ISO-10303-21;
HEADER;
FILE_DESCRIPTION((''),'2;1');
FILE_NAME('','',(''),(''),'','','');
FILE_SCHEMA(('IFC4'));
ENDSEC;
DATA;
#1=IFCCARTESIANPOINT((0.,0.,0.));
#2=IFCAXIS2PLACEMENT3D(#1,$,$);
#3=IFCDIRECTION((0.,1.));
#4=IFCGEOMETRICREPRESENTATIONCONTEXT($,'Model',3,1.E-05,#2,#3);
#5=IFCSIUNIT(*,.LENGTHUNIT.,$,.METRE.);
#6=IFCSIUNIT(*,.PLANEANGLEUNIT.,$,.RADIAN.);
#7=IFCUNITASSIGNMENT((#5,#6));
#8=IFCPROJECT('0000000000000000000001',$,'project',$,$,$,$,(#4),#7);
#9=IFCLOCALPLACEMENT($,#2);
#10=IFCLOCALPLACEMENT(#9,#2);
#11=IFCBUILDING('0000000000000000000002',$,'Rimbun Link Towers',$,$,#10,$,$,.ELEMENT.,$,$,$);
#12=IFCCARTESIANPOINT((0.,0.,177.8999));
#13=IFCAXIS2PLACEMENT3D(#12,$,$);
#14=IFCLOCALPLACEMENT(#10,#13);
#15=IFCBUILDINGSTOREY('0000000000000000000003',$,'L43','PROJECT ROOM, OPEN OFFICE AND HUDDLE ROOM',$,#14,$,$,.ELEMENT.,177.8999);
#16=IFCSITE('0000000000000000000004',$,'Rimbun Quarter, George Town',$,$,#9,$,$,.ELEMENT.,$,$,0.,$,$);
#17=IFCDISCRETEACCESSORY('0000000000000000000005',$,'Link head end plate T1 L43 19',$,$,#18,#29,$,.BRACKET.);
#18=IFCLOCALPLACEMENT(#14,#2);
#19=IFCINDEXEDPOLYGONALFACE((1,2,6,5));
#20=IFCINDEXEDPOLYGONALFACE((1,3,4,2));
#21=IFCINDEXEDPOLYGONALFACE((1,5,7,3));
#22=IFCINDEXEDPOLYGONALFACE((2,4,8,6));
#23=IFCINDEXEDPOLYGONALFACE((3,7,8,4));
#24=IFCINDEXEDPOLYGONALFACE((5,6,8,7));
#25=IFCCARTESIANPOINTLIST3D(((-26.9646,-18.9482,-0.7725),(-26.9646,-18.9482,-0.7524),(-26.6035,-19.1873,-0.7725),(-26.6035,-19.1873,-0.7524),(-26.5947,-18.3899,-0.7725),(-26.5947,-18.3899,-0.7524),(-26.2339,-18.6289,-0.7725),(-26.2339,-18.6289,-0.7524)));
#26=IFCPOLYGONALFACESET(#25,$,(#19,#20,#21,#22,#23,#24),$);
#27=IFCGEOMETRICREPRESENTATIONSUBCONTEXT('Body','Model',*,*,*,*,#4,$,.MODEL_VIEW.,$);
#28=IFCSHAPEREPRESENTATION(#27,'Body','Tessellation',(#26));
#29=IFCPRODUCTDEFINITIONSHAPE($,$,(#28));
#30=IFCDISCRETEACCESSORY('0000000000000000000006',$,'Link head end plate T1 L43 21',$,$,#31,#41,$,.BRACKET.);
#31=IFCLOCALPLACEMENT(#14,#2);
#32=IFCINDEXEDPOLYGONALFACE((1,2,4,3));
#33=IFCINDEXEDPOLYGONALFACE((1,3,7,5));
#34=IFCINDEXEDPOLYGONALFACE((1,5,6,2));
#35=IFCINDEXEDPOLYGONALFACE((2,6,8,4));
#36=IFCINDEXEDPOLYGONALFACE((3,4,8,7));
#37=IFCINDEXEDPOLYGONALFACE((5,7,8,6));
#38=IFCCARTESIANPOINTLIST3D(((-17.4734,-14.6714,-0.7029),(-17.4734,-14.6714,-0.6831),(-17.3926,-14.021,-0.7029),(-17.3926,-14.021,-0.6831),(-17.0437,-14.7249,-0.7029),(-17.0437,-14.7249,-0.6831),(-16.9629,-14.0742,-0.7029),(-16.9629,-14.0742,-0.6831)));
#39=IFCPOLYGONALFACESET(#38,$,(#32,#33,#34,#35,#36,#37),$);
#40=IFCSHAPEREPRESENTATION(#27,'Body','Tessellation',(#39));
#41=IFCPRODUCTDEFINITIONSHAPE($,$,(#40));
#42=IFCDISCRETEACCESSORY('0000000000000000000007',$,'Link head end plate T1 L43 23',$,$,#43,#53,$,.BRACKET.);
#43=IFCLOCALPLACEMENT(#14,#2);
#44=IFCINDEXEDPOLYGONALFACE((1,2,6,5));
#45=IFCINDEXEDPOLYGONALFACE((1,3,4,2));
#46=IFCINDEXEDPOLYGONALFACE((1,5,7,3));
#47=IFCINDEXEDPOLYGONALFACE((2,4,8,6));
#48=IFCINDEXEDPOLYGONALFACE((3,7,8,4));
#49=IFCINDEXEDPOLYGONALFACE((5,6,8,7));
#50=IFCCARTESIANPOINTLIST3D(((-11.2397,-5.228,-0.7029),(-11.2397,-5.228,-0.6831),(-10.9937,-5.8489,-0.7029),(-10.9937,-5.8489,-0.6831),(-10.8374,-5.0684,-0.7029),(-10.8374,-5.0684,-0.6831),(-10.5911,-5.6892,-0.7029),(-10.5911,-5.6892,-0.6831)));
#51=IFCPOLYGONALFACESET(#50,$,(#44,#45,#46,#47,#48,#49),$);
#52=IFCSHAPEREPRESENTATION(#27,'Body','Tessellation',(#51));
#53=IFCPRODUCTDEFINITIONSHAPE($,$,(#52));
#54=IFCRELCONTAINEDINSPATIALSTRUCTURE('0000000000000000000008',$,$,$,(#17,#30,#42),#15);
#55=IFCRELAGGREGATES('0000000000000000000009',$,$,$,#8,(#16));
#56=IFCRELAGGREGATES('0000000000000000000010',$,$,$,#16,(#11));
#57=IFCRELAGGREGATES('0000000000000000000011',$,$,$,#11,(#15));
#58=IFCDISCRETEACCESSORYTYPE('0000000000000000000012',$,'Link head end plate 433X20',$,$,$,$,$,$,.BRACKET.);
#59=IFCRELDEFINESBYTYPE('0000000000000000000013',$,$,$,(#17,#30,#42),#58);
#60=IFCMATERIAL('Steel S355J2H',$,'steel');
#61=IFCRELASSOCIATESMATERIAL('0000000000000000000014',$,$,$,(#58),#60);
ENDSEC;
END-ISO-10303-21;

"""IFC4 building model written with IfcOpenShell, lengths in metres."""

from ifc_helpers import new_model, si_unit, direction, frame, origin, origin_2d, place, context, subcontext, project, spatial, polyline, rectangle, outline, extrude, material, material_profile, profile_set, type_object, element, save


model = new_model("IFC4")

# Units and contexts
model_context = context("Model", 3, precision=1e-05, world=origin(), true_north=direction((0.0, 1.0)))
body_context = subcontext(model_context, "Body", "Model", "MODEL_VIEW")
ifc_project = project(units=[si_unit("LENGTHUNIT", "METRE"), si_unit("PLANEANGLEUNIT", "RADIAN")], contexts=[model_context])

# Site, building, storey
site_placement = place(None, origin())
site = spatial("IfcSite", under=ifc_project, at=site_placement, Name="Rimbun Quarter, George Town", CompositionType="ELEMENT", RefElevation=0.0)
building_placement = place(site_placement, origin())
building = spatial("IfcBuilding", under=site, at=building_placement, Name="Rimbun Link Towers", CompositionType="ELEMENT")
storey_placement = place(building_placement, frame((0.0, 0.0, 177.8999)))
storey = spatial("IfcBuildingStorey", under=building, at=storey_placement, Name="L43", Description="PROJECT ROOM, OPEN OFFICE AND HUDDLE ROOM", CompositionType="ELEMENT", Elevation=177.8999)

# Discrete accessories
ifc_material_1 = material(Name="Steel S355J2H", Category="steel")
ifc_material_profile_1 = material_profile(ifc_material_1, rectangle(XDim=0.4331, YDim=0.4331, at=origin_2d()), Name="PL 433x433")
ifc_profile_set_1 = profile_set([ifc_material_profile_1], Name="Steel S355J2H")
discrete_accessory_type_1 = type_object("IfcDiscreteAccessoryType", Name="Link head end plate 433X20", PredefinedType="BRACKET", material=ifc_profile_set_1)
discrete_accessory_1_placement = place(storey_placement, frame((0.0, 0.0, -0.7725)))
element("IfcDiscreteAccessory", 1, at=discrete_accessory_1_placement, inside=storey, type_object=discrete_accessory_type_1, Name="Link head end plate T1 L43 19", PredefinedType="BRACKET", context=body_context, shape_type="SweptSolid", body=[
    extrude(outline(polyline([(-26.5947, -18.3899), (-26.9646, -18.9482), (-26.6035, -19.1873), (-26.2339, -18.6289), (-26.5947, -18.3899)])), origin(), (0.0, 0.0, 1.0), 0.02),
])
discrete_accessory_2_placement = place(storey_placement, frame((0.0, 0.0, -0.7029)))
element("IfcDiscreteAccessory", 2, at=discrete_accessory_2_placement, inside=storey, type_object=discrete_accessory_type_1, Name="Link head end plate T1 L43 21", PredefinedType="BRACKET", context=body_context, shape_type="SweptSolid", body=[
    extrude(outline(polyline([(-17.3926, -14.021), (-17.4734, -14.6714), (-17.0437, -14.7249), (-16.9629, -14.0742), (-17.3926, -14.021)])), origin(), (0.0, 0.0, 1.0), 0.0198),
])
discrete_accessory_3_placement = place(storey_placement, frame((0.0, 0.0, -0.7029)))
element("IfcDiscreteAccessory", 3, at=discrete_accessory_3_placement, inside=storey, type_object=discrete_accessory_type_1, Name="Link head end plate T1 L43 23", PredefinedType="BRACKET", context=body_context, shape_type="SweptSolid", body=[
    extrude(outline(polyline([(-11.2397, -5.228), (-10.9937, -5.8489), (-10.5911, -5.6892), (-10.8374, -5.0684), (-11.2397, -5.228)])), origin(), (0.0, 0.0, 1.0), 0.0198),
])

save(model, "model.ifc")
